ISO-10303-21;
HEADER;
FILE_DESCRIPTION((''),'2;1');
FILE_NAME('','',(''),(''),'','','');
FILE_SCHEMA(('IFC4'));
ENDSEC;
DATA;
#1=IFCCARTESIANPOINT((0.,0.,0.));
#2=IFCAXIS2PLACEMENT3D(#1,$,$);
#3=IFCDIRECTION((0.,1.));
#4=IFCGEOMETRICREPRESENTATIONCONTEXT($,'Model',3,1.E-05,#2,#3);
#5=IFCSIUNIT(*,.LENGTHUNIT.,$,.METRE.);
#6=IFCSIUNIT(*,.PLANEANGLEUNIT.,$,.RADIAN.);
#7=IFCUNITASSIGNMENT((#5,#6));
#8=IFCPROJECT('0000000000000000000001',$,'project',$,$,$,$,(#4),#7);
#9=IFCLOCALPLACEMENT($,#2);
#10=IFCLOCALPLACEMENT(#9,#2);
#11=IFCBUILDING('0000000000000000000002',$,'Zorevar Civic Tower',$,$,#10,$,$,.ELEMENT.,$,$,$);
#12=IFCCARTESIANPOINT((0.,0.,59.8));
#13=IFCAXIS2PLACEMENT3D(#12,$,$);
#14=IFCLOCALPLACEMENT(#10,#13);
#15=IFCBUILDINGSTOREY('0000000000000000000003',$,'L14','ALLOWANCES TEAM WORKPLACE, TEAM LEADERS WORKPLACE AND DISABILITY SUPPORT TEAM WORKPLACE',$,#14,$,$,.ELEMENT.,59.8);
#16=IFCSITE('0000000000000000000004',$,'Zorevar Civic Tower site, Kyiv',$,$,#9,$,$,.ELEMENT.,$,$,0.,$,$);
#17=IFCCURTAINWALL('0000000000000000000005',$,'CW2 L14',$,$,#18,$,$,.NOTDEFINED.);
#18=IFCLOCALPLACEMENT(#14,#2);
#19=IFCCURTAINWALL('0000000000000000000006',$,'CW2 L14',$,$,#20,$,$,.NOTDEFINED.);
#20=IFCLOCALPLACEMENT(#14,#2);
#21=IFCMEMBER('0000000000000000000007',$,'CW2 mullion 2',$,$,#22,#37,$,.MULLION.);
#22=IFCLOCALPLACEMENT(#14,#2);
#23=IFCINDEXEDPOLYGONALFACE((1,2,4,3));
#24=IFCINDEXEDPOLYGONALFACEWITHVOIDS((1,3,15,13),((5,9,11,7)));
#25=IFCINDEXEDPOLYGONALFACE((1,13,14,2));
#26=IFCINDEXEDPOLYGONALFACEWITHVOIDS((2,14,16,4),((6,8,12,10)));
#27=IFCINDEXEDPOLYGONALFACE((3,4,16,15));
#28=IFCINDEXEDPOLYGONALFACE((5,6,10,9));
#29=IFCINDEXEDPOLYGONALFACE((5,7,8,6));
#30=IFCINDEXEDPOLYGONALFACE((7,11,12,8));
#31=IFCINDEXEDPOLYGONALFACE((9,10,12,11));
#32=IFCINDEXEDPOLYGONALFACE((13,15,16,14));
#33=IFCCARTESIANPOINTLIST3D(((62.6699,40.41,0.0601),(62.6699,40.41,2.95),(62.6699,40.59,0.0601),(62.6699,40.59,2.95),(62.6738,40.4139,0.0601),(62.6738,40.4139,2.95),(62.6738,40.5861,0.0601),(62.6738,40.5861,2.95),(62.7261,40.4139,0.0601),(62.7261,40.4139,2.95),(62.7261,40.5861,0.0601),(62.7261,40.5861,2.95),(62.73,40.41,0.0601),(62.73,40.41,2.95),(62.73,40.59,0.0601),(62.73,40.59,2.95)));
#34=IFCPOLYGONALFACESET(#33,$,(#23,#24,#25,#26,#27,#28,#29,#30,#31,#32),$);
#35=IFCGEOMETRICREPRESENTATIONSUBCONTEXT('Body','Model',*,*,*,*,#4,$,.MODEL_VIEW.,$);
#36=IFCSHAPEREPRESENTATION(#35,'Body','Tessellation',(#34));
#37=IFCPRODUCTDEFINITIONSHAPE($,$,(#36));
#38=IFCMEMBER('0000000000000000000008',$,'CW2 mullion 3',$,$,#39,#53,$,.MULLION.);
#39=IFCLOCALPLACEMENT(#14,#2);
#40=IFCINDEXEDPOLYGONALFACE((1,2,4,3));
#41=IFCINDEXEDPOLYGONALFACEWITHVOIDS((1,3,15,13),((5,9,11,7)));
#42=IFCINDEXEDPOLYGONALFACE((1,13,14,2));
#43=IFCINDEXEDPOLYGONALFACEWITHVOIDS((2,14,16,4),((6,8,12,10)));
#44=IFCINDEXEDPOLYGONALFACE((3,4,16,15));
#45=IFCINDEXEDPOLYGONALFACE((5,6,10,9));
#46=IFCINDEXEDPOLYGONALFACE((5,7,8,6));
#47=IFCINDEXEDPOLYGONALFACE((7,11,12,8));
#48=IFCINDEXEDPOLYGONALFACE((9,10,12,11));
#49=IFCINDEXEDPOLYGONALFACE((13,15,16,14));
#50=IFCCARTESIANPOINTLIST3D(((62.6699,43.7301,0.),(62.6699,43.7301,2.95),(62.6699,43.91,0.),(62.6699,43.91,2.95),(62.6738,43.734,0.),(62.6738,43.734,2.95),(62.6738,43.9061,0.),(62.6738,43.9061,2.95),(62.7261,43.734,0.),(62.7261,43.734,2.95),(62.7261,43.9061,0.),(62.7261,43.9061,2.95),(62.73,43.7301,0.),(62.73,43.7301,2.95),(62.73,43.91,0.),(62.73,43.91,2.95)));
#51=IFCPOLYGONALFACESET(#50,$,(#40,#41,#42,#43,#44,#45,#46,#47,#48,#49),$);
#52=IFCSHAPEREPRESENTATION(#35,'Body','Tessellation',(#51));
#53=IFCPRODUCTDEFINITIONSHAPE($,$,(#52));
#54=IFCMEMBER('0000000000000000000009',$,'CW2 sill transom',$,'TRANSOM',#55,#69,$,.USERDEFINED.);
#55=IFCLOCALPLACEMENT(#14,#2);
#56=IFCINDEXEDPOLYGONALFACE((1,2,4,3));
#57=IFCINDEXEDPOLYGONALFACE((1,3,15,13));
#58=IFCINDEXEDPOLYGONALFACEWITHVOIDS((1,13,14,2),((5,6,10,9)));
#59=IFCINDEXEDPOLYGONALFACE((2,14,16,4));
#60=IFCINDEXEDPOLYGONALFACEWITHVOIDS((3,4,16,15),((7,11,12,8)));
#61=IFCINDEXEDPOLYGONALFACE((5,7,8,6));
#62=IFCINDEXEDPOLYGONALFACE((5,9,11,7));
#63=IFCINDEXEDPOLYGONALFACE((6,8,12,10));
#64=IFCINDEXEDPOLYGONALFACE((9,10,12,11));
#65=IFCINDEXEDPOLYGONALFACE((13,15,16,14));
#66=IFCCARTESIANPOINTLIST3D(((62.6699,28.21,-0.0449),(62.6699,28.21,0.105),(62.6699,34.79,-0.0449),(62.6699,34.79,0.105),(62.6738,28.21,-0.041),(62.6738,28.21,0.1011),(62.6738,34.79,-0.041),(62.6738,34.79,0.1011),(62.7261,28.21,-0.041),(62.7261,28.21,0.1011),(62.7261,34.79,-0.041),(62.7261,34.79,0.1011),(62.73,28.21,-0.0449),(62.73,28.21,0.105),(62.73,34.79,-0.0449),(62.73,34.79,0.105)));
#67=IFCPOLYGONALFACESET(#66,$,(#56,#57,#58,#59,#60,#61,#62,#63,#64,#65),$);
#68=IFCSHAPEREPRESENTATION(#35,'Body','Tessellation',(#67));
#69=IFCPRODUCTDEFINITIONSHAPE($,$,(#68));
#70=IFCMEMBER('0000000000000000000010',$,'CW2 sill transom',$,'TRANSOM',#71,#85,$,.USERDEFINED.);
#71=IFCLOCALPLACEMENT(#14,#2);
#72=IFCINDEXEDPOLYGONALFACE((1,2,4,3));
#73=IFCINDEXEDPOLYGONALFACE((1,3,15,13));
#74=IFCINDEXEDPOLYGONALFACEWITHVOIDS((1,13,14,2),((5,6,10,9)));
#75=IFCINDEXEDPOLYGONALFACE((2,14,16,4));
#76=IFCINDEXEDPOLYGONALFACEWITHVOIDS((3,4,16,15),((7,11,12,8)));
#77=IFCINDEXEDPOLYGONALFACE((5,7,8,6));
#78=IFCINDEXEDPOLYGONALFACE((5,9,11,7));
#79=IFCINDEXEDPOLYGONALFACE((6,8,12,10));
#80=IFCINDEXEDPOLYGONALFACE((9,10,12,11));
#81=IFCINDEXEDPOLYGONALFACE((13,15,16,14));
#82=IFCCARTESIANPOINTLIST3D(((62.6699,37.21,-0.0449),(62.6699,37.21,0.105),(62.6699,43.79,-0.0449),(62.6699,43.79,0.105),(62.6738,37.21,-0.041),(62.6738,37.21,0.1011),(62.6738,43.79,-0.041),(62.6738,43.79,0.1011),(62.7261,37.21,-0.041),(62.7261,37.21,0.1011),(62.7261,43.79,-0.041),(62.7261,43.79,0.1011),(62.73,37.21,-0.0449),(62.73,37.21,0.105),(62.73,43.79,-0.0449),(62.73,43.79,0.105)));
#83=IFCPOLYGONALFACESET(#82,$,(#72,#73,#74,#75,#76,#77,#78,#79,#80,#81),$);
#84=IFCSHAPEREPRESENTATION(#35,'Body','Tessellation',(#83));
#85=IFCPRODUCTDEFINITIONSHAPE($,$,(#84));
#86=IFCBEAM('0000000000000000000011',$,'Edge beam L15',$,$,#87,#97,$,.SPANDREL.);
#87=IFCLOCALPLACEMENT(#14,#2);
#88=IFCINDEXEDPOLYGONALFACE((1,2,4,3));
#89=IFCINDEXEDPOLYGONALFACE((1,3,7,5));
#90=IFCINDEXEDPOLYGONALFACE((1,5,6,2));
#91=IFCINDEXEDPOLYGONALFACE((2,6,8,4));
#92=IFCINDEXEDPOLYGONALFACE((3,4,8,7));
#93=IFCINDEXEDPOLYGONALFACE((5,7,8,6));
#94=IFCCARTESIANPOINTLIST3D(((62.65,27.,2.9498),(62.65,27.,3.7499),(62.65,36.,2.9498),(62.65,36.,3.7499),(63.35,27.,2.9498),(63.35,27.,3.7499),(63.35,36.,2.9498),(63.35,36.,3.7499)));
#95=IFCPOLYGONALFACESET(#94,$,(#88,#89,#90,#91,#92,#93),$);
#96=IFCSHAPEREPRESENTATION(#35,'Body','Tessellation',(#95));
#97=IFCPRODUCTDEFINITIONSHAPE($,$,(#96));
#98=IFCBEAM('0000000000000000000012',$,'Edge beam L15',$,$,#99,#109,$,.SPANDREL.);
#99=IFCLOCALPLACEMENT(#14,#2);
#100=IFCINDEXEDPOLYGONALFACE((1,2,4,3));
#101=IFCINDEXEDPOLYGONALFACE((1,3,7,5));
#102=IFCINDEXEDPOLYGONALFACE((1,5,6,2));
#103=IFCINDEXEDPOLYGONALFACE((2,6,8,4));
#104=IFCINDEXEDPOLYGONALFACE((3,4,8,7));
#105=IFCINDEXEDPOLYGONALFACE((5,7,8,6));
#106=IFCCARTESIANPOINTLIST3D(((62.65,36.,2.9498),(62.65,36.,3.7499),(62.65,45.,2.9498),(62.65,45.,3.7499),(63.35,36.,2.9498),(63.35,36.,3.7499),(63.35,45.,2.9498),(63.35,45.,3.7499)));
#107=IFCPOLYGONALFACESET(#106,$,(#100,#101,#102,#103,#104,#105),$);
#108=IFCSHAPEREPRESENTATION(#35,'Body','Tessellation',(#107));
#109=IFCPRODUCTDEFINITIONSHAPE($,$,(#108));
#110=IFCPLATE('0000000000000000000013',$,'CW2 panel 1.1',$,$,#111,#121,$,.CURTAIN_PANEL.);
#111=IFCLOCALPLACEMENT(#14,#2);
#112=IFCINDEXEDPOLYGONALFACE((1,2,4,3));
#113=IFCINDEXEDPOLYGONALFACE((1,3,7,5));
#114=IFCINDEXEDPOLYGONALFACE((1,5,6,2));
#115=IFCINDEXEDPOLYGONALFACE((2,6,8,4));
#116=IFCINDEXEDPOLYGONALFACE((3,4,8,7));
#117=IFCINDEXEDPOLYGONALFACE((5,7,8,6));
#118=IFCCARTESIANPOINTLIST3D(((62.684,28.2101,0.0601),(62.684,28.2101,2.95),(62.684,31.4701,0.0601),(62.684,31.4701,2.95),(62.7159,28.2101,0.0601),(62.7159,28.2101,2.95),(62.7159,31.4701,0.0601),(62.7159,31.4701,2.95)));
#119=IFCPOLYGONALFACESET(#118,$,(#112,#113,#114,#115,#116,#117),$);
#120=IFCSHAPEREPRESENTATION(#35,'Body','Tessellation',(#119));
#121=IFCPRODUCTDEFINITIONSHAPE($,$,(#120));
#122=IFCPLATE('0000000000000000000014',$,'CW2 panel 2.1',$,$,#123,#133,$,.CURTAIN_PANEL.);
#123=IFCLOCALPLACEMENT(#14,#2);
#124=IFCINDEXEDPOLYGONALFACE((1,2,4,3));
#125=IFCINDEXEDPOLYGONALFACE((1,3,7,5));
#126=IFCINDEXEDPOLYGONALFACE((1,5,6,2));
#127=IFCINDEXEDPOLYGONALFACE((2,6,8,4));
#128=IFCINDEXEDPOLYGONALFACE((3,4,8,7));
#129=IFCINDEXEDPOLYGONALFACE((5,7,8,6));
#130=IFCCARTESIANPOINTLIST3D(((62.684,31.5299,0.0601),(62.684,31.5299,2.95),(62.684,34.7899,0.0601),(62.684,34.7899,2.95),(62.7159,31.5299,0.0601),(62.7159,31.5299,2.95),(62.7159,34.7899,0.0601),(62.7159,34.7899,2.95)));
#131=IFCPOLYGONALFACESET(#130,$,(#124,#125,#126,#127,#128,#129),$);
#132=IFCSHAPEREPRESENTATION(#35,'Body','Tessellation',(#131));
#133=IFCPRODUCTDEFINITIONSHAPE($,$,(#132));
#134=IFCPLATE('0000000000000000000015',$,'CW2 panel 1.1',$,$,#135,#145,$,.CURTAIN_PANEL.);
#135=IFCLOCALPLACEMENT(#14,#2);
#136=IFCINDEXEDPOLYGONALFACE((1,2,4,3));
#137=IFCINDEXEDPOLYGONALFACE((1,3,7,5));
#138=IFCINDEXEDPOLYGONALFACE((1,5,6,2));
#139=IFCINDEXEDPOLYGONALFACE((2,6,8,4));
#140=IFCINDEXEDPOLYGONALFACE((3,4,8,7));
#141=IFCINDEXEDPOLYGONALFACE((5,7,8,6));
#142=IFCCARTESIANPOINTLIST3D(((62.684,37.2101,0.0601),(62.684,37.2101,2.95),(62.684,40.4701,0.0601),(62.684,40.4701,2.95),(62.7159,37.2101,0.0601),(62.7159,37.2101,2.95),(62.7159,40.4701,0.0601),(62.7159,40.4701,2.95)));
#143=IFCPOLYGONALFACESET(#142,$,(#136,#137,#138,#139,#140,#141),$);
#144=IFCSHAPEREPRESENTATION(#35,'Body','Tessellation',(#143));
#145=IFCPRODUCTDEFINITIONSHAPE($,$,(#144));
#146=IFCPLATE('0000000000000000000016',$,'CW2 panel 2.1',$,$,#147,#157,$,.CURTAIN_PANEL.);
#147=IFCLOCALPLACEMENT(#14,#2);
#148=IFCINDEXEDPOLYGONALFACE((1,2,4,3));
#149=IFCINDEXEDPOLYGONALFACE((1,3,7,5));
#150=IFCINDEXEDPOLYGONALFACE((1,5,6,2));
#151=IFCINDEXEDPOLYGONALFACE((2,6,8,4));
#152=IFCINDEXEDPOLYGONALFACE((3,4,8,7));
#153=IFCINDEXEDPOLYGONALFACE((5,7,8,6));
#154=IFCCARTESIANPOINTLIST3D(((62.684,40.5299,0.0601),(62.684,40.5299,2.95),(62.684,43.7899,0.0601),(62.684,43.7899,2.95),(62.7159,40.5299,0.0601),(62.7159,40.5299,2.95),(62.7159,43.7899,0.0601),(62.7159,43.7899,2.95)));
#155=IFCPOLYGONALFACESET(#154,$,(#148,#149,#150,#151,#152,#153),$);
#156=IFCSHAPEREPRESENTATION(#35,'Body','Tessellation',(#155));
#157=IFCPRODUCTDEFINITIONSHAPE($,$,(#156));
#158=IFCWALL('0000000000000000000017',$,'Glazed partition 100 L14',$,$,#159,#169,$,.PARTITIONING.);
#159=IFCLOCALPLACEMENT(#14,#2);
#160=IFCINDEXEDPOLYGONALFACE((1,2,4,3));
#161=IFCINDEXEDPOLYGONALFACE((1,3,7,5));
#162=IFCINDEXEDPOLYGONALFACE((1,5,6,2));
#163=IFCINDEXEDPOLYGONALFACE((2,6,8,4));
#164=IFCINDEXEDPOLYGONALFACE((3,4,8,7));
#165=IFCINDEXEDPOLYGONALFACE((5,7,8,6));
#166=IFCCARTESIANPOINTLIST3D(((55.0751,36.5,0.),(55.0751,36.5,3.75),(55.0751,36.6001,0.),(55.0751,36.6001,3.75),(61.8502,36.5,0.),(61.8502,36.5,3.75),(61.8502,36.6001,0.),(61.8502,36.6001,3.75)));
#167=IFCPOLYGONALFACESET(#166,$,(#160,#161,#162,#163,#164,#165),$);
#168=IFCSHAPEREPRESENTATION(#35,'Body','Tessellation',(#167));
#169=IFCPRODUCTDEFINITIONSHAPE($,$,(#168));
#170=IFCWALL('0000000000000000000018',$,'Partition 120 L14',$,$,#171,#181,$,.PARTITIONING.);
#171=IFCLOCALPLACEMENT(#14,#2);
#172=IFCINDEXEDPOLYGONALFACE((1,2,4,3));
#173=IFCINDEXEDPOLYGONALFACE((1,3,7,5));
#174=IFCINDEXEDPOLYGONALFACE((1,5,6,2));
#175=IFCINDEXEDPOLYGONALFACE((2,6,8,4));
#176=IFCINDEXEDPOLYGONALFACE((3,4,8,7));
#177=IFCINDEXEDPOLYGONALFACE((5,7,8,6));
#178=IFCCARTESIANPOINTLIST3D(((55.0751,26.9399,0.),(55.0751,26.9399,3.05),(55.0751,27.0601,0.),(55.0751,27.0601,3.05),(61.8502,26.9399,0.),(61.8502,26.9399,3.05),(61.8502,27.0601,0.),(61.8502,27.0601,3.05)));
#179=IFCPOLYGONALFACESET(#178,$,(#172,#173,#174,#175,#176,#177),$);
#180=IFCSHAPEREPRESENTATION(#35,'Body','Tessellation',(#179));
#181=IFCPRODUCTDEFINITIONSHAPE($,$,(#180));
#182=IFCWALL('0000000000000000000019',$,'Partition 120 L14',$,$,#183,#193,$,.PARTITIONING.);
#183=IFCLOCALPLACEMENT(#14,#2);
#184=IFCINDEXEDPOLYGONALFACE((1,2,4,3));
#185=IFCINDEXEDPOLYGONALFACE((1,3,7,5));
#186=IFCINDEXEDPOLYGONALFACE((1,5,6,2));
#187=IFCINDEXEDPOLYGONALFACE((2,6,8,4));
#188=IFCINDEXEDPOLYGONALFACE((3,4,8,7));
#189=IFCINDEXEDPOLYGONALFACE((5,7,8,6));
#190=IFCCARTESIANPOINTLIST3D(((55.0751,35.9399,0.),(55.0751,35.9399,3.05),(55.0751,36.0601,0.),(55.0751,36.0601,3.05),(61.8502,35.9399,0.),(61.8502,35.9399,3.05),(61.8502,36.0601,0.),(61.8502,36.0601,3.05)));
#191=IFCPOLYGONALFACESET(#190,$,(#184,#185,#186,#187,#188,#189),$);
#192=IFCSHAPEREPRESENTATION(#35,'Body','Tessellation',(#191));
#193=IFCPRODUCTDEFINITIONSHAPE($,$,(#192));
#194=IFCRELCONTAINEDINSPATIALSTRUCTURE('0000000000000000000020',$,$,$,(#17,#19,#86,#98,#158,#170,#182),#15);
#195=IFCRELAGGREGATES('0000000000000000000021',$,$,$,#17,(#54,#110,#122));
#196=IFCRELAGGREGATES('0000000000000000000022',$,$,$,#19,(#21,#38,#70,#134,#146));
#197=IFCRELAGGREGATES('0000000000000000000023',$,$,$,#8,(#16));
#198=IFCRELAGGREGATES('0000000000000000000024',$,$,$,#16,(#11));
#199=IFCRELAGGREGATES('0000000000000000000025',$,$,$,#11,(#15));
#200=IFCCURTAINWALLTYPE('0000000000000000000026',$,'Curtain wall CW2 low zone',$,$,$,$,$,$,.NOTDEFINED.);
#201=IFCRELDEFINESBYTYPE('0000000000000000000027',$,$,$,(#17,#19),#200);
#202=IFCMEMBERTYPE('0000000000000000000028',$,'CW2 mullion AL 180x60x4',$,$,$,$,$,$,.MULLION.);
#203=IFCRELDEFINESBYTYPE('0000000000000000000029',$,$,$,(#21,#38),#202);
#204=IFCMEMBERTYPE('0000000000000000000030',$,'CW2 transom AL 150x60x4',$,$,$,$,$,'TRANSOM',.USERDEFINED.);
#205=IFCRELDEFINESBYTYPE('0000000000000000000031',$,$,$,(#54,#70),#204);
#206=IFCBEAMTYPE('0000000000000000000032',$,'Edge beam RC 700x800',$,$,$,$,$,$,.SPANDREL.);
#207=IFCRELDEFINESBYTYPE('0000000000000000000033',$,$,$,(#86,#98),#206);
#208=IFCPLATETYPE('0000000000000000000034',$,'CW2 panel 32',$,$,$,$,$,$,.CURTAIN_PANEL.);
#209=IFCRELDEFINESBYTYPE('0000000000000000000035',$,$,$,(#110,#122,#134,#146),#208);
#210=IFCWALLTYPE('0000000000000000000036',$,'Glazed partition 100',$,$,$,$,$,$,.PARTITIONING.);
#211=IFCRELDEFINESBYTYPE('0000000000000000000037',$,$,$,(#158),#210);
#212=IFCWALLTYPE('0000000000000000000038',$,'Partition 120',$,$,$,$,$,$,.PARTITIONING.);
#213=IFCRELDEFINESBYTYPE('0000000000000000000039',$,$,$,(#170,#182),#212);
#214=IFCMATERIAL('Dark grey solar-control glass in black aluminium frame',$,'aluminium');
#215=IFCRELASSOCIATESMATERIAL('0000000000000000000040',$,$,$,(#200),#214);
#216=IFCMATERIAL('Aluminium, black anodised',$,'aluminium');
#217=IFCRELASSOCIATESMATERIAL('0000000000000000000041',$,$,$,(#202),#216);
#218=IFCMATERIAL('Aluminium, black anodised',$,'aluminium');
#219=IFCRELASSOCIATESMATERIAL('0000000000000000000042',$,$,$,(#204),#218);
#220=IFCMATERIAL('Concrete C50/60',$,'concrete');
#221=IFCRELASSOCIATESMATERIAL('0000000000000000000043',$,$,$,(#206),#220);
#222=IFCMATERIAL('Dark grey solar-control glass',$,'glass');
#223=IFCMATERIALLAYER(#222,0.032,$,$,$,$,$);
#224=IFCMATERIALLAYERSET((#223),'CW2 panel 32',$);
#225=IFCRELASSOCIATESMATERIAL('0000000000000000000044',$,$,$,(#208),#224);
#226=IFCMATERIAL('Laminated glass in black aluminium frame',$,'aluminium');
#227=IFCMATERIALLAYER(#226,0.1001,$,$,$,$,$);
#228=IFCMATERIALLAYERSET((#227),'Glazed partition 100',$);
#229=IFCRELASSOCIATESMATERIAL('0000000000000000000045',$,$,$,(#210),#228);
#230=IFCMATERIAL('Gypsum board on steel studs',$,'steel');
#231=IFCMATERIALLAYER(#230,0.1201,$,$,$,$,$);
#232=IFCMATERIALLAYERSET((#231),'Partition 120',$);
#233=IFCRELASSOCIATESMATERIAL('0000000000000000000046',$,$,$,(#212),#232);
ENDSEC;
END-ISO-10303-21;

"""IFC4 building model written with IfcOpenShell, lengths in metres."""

from ifc_helpers import new_model, si_unit, direction, frame, frame_2d, origin, origin_2d, place, context, subcontext, project, spatial, rectangle, hollow_rectangle, extrude, material, layer, layer_set, material_profile, profile_set, type_object, element, aggregate, save


model = new_model("IFC4")

# Units and contexts
model_context = context("Model", 3, precision=1e-05, world=origin(), true_north=direction((0.0, 1.0)))
body_context = subcontext(model_context, "Body", "Model", "MODEL_VIEW")
ifc_project = project(units=[si_unit("LENGTHUNIT", "METRE"), si_unit("PLANEANGLEUNIT", "RADIAN")], contexts=[model_context])

# Site, building, storey
site_placement = place(None, origin())
site = spatial("IfcSite", under=ifc_project, at=site_placement, Name="Zorevar Civic Tower site, Kyiv", CompositionType="ELEMENT", RefElevation=0.0)
building_placement = place(site_placement, origin())
building = spatial("IfcBuilding", under=site, at=building_placement, Name="Zorevar Civic Tower", CompositionType="ELEMENT")
storey_placement = place(building_placement, frame((0.0, 0.0, 59.8)))
storey = spatial("IfcBuildingStorey", under=building, at=storey_placement, Name="L14", Description="ALLOWANCES TEAM WORKPLACE, TEAM LEADERS WORKPLACE AND DISABILITY SUPPORT TEAM WORKPLACE", CompositionType="ELEMENT", Elevation=59.8)

# Curtain walls, members
ifc_material_1 = material(Name="Dark grey solar-control glass in black aluminium frame", Category="aluminium")
curtain_wall_type = type_object("IfcCurtainWallType", Name="Curtain wall CW2 low zone", PredefinedType="NOTDEFINED", material=ifc_material_1)
curtain_wall_1_placement = place(storey_placement, origin())
curtain_wall_1 = element("IfcCurtainWall", 1, at=curtain_wall_1_placement, inside=storey, type_object=curtain_wall_type, Name="CW2 L14", PredefinedType="NOTDEFINED")
ifc_material_2 = material(Name="Aluminium, black anodised", Category="aluminium")
ifc_material_profile_1 = material_profile(ifc_material_2, hollow_rectangle(XDim=0.0601, YDim=0.1799, WallThickness=0.0039, at=origin_2d()), Name="AL 180x60x4")
ifc_profile_set_1 = profile_set([ifc_material_profile_1], Name="Aluminium, black anodised")
member_type_1 = type_object("IfcMemberType", Name="CW2 mullion AL 180x60x4", PredefinedType="MULLION", material=ifc_profile_set_1)
curtain_wall_2_placement = place(storey_placement, origin())
curtain_wall_2 = element("IfcCurtainWall", 2, at=curtain_wall_2_placement, inside=storey, type_object=curtain_wall_type, Name="CW2 L14", PredefinedType="NOTDEFINED")
member_1_placement = place(storey_placement, frame((62.7, 40.5, 0.0601), z_axis=(0.0, 0.0, 1.0), x_axis=(-1.0, 0.0, 0.0)))
member_1 = element("IfcMember", 3, at=member_1_placement, type_object=member_type_1, Name="CW2 mullion 2", PredefinedType="MULLION", context=body_context, shape_type="SweptSolid", body=[
    extrude(hollow_rectangle(XDim=0.0601, YDim=0.1799, WallThickness=0.0039, at=origin_2d()), origin(), (0.0, 0.0, 1.0), 2.8899),
])
member_2_placement = place(storey_placement, frame((62.7, 43.8201, 0.0), z_axis=(0.0, 0.0, 1.0), x_axis=(-1.0, 0.0, 0.0)))
member_2 = element("IfcMember", 4, at=member_2_placement, type_object=member_type_1, Name="CW2 mullion 3", PredefinedType="MULLION", context=body_context, shape_type="SweptSolid", body=[
    extrude(hollow_rectangle(XDim=0.0601, YDim=0.1799, WallThickness=0.0039, at=origin_2d()), origin(), (0.0, 0.0, 1.0), 2.95),
])

# Members
ifc_material_3 = material(Name="Aluminium, black anodised", Category="aluminium")
ifc_material_profile_2 = material_profile(ifc_material_3, hollow_rectangle(XDim=0.0601, YDim=0.1499, WallThickness=0.0039, at=origin_2d()), Name="AL 150x60x4")
ifc_profile_set_2 = profile_set([ifc_material_profile_2], Name="Aluminium, black anodised")
member_type_2 = type_object("IfcMemberType", Name="CW2 transom AL 150x60x4", ElementType="TRANSOM", PredefinedType="USERDEFINED", material=ifc_profile_set_2)
member_3_placement = place(storey_placement, frame((62.7, 28.21, 0.03), z_axis=(0.0, 1.0, 0.0), x_axis=(-1.0, 0.0, 0.0)))
member_3 = element("IfcMember", 5, at=member_3_placement, type_object=member_type_2, Name="CW2 sill transom", ObjectType="TRANSOM", PredefinedType="USERDEFINED", context=body_context, shape_type="SweptSolid", body=[
    extrude(hollow_rectangle(XDim=0.0601, YDim=0.1499, WallThickness=0.0039, at=origin_2d()), origin(), (0.0, 0.0, 1.0), 6.5801),
])
member_4_placement = place(storey_placement, frame((62.7, 37.21, 0.03), z_axis=(0.0, 1.0, 0.0), x_axis=(-1.0, 0.0, 0.0)))
member_4 = element("IfcMember", 6, at=member_4_placement, type_object=member_type_2, Name="CW2 sill transom", ObjectType="TRANSOM", PredefinedType="USERDEFINED", context=body_context, shape_type="SweptSolid", body=[
    extrude(hollow_rectangle(XDim=0.0601, YDim=0.1499, WallThickness=0.0039, at=origin_2d()), origin(), (0.0, 0.0, 1.0), 6.5801),
])

# Beams
ifc_material_4 = material(Name="Concrete C50/60", Category="concrete")
ifc_material_profile_3 = material_profile(ifc_material_4, rectangle(XDim=0.7, YDim=0.8, at=origin_2d()), Name="RC 700x800")
ifc_profile_set_3 = profile_set([ifc_material_profile_3], Name="Concrete C50/60")
beam_type_1 = type_object("IfcBeamType", Name="Edge beam RC 700x800", PredefinedType="SPANDREL", material=ifc_profile_set_3)
for number, where, z_axis, x_axis, name in (
    (7, (63.0, 27.0, 3.3499), (0.0, 1.0, 0.0), (-1.0, 0.0, 0.0), "Edge beam L15"),
    (8, (63.0, 36.0, 3.3499), (0.0, 1.0, 0.0), (-1.0, 0.0, 0.0), "Edge beam L15"),
):
    element("IfcBeam", number, at=place(storey_placement, frame(where, z_axis=z_axis, x_axis=x_axis)), inside=storey, type_object=beam_type_1, Name=name, PredefinedType="SPANDREL", context=body_context, shape_type="SweptSolid", body=[
        extrude(rectangle(XDim=0.7, YDim=0.8, at=origin_2d()), origin(), (0.0, 0.0, 1.0), 9.0),
    ])

# Plates
ifc_material_5 = material(Name="Dark grey solar-control glass", Category="glass")
ifc_layer_1 = layer(ifc_material_5, 0.032)
ifc_layer_set_1 = layer_set([ifc_layer_1], Name="CW2 panel 32")
plate_type = type_object("IfcPlateType", Name="CW2 panel 32", PredefinedType="CURTAIN_PANEL", material=ifc_layer_set_1)
plate_1_placement = place(storey_placement, frame((62.7, 29.8401, 0.0601), z_axis=(0.0, 0.0, 1.0), x_axis=(0.0, 1.0, 0.0)))
plate_1 = element("IfcPlate", 9, at=plate_1_placement, type_object=plate_type, Name="CW2 panel 1.1", PredefinedType="CURTAIN_PANEL", context=body_context, shape_type="SweptSolid", body=[
    extrude(rectangle(XDim=3.26, YDim=0.032, at=origin_2d()), origin(), (0.0, 0.0, 1.0), 2.8899),
])
plate_2_placement = place(storey_placement, frame((62.7, 33.1599, 0.0601), z_axis=(0.0, 0.0, 1.0), x_axis=(0.0, 1.0, 0.0)))
plate_2 = element("IfcPlate", 10, at=plate_2_placement, type_object=plate_type, Name="CW2 panel 2.1", PredefinedType="CURTAIN_PANEL", context=body_context, shape_type="SweptSolid", body=[
    extrude(rectangle(XDim=3.26, YDim=0.032, at=origin_2d()), origin(), (0.0, 0.0, 1.0), 2.8899),
])
aggregate(curtain_wall_1, [member_3, plate_1, plate_2])
plate_3_placement = place(storey_placement, frame((62.7, 38.8401, 0.0601), z_axis=(0.0, 0.0, 1.0), x_axis=(0.0, 1.0, 0.0)))
plate_3 = element("IfcPlate", 11, at=plate_3_placement, type_object=plate_type, Name="CW2 panel 1.1", PredefinedType="CURTAIN_PANEL", context=body_context, shape_type="SweptSolid", body=[
    extrude(rectangle(XDim=3.26, YDim=0.032, at=origin_2d()), origin(), (0.0, 0.0, 1.0), 2.8899),
])
plate_4_placement = place(storey_placement, frame((62.7, 42.1599, 0.0601), z_axis=(0.0, 0.0, 1.0), x_axis=(0.0, 1.0, 0.0)))
plate_4 = element("IfcPlate", 12, at=plate_4_placement, type_object=plate_type, Name="CW2 panel 2.1", PredefinedType="CURTAIN_PANEL", context=body_context, shape_type="SweptSolid", body=[
    extrude(rectangle(XDim=3.26, YDim=0.032, at=origin_2d()), origin(), (0.0, 0.0, 1.0), 2.8899),
])
aggregate(curtain_wall_2, [member_1, member_2, member_4, plate_3, plate_4])

# Walls
ifc_material_6 = material(Name="Laminated glass in black aluminium frame", Category="aluminium")
ifc_layer_2 = layer(ifc_material_6, 0.1001)
ifc_layer_set_2 = layer_set([ifc_layer_2], Name="Glazed partition 100")
wall_type_1 = type_object("IfcWallType", Name="Glazed partition 100", PredefinedType="PARTITIONING", material=ifc_layer_set_2)
wall_1_placement = place(storey_placement, frame((55.075, 36.55, 0.0), z_axis=(0.0, 0.0, 1.0), x_axis=(1.0, 0.0, 0.0)))
element("IfcWall", 13, at=wall_1_placement, inside=storey, type_object=wall_type_1, Name="Glazed partition 100 L14", PredefinedType="PARTITIONING", context=body_context, shape_type="SweptSolid", body=[
    extrude(rectangle(XDim=6.7751, YDim=0.1001, at=frame_2d((3.3877, 0.0))), origin(), (0.0, 0.0, 1.0), 3.75),
])
ifc_material_7 = material(Name="Gypsum board on steel studs", Category="steel")
ifc_layer_3 = layer(ifc_material_7, 0.1201)
ifc_layer_set_3 = layer_set([ifc_layer_3], Name="Partition 120")
wall_type_2 = type_object("IfcWallType", Name="Partition 120", PredefinedType="PARTITIONING", material=ifc_layer_set_3)
for number, where, z_axis, x_axis, name in (
    (14, (55.075, 27.0, 0.0), (0.0, 0.0, 1.0), (1.0, 0.0, 0.0), "Partition 120 L14"),
    (15, (55.075, 36.0, 0.0), (0.0, 0.0, 1.0), (1.0, 0.0, 0.0), "Partition 120 L14"),
):
    element("IfcWall", number, at=place(storey_placement, frame(where, z_axis=z_axis, x_axis=x_axis)), inside=storey, type_object=wall_type_2, Name=name, PredefinedType="PARTITIONING", context=body_context, shape_type="SweptSolid", body=[
        extrude(rectangle(XDim=6.7751, YDim=0.1201, at=frame_2d((3.3877, 0.0))), origin(), (0.0, 0.0, 1.0), 3.05),
    ])

save(model, "model.ifc")
